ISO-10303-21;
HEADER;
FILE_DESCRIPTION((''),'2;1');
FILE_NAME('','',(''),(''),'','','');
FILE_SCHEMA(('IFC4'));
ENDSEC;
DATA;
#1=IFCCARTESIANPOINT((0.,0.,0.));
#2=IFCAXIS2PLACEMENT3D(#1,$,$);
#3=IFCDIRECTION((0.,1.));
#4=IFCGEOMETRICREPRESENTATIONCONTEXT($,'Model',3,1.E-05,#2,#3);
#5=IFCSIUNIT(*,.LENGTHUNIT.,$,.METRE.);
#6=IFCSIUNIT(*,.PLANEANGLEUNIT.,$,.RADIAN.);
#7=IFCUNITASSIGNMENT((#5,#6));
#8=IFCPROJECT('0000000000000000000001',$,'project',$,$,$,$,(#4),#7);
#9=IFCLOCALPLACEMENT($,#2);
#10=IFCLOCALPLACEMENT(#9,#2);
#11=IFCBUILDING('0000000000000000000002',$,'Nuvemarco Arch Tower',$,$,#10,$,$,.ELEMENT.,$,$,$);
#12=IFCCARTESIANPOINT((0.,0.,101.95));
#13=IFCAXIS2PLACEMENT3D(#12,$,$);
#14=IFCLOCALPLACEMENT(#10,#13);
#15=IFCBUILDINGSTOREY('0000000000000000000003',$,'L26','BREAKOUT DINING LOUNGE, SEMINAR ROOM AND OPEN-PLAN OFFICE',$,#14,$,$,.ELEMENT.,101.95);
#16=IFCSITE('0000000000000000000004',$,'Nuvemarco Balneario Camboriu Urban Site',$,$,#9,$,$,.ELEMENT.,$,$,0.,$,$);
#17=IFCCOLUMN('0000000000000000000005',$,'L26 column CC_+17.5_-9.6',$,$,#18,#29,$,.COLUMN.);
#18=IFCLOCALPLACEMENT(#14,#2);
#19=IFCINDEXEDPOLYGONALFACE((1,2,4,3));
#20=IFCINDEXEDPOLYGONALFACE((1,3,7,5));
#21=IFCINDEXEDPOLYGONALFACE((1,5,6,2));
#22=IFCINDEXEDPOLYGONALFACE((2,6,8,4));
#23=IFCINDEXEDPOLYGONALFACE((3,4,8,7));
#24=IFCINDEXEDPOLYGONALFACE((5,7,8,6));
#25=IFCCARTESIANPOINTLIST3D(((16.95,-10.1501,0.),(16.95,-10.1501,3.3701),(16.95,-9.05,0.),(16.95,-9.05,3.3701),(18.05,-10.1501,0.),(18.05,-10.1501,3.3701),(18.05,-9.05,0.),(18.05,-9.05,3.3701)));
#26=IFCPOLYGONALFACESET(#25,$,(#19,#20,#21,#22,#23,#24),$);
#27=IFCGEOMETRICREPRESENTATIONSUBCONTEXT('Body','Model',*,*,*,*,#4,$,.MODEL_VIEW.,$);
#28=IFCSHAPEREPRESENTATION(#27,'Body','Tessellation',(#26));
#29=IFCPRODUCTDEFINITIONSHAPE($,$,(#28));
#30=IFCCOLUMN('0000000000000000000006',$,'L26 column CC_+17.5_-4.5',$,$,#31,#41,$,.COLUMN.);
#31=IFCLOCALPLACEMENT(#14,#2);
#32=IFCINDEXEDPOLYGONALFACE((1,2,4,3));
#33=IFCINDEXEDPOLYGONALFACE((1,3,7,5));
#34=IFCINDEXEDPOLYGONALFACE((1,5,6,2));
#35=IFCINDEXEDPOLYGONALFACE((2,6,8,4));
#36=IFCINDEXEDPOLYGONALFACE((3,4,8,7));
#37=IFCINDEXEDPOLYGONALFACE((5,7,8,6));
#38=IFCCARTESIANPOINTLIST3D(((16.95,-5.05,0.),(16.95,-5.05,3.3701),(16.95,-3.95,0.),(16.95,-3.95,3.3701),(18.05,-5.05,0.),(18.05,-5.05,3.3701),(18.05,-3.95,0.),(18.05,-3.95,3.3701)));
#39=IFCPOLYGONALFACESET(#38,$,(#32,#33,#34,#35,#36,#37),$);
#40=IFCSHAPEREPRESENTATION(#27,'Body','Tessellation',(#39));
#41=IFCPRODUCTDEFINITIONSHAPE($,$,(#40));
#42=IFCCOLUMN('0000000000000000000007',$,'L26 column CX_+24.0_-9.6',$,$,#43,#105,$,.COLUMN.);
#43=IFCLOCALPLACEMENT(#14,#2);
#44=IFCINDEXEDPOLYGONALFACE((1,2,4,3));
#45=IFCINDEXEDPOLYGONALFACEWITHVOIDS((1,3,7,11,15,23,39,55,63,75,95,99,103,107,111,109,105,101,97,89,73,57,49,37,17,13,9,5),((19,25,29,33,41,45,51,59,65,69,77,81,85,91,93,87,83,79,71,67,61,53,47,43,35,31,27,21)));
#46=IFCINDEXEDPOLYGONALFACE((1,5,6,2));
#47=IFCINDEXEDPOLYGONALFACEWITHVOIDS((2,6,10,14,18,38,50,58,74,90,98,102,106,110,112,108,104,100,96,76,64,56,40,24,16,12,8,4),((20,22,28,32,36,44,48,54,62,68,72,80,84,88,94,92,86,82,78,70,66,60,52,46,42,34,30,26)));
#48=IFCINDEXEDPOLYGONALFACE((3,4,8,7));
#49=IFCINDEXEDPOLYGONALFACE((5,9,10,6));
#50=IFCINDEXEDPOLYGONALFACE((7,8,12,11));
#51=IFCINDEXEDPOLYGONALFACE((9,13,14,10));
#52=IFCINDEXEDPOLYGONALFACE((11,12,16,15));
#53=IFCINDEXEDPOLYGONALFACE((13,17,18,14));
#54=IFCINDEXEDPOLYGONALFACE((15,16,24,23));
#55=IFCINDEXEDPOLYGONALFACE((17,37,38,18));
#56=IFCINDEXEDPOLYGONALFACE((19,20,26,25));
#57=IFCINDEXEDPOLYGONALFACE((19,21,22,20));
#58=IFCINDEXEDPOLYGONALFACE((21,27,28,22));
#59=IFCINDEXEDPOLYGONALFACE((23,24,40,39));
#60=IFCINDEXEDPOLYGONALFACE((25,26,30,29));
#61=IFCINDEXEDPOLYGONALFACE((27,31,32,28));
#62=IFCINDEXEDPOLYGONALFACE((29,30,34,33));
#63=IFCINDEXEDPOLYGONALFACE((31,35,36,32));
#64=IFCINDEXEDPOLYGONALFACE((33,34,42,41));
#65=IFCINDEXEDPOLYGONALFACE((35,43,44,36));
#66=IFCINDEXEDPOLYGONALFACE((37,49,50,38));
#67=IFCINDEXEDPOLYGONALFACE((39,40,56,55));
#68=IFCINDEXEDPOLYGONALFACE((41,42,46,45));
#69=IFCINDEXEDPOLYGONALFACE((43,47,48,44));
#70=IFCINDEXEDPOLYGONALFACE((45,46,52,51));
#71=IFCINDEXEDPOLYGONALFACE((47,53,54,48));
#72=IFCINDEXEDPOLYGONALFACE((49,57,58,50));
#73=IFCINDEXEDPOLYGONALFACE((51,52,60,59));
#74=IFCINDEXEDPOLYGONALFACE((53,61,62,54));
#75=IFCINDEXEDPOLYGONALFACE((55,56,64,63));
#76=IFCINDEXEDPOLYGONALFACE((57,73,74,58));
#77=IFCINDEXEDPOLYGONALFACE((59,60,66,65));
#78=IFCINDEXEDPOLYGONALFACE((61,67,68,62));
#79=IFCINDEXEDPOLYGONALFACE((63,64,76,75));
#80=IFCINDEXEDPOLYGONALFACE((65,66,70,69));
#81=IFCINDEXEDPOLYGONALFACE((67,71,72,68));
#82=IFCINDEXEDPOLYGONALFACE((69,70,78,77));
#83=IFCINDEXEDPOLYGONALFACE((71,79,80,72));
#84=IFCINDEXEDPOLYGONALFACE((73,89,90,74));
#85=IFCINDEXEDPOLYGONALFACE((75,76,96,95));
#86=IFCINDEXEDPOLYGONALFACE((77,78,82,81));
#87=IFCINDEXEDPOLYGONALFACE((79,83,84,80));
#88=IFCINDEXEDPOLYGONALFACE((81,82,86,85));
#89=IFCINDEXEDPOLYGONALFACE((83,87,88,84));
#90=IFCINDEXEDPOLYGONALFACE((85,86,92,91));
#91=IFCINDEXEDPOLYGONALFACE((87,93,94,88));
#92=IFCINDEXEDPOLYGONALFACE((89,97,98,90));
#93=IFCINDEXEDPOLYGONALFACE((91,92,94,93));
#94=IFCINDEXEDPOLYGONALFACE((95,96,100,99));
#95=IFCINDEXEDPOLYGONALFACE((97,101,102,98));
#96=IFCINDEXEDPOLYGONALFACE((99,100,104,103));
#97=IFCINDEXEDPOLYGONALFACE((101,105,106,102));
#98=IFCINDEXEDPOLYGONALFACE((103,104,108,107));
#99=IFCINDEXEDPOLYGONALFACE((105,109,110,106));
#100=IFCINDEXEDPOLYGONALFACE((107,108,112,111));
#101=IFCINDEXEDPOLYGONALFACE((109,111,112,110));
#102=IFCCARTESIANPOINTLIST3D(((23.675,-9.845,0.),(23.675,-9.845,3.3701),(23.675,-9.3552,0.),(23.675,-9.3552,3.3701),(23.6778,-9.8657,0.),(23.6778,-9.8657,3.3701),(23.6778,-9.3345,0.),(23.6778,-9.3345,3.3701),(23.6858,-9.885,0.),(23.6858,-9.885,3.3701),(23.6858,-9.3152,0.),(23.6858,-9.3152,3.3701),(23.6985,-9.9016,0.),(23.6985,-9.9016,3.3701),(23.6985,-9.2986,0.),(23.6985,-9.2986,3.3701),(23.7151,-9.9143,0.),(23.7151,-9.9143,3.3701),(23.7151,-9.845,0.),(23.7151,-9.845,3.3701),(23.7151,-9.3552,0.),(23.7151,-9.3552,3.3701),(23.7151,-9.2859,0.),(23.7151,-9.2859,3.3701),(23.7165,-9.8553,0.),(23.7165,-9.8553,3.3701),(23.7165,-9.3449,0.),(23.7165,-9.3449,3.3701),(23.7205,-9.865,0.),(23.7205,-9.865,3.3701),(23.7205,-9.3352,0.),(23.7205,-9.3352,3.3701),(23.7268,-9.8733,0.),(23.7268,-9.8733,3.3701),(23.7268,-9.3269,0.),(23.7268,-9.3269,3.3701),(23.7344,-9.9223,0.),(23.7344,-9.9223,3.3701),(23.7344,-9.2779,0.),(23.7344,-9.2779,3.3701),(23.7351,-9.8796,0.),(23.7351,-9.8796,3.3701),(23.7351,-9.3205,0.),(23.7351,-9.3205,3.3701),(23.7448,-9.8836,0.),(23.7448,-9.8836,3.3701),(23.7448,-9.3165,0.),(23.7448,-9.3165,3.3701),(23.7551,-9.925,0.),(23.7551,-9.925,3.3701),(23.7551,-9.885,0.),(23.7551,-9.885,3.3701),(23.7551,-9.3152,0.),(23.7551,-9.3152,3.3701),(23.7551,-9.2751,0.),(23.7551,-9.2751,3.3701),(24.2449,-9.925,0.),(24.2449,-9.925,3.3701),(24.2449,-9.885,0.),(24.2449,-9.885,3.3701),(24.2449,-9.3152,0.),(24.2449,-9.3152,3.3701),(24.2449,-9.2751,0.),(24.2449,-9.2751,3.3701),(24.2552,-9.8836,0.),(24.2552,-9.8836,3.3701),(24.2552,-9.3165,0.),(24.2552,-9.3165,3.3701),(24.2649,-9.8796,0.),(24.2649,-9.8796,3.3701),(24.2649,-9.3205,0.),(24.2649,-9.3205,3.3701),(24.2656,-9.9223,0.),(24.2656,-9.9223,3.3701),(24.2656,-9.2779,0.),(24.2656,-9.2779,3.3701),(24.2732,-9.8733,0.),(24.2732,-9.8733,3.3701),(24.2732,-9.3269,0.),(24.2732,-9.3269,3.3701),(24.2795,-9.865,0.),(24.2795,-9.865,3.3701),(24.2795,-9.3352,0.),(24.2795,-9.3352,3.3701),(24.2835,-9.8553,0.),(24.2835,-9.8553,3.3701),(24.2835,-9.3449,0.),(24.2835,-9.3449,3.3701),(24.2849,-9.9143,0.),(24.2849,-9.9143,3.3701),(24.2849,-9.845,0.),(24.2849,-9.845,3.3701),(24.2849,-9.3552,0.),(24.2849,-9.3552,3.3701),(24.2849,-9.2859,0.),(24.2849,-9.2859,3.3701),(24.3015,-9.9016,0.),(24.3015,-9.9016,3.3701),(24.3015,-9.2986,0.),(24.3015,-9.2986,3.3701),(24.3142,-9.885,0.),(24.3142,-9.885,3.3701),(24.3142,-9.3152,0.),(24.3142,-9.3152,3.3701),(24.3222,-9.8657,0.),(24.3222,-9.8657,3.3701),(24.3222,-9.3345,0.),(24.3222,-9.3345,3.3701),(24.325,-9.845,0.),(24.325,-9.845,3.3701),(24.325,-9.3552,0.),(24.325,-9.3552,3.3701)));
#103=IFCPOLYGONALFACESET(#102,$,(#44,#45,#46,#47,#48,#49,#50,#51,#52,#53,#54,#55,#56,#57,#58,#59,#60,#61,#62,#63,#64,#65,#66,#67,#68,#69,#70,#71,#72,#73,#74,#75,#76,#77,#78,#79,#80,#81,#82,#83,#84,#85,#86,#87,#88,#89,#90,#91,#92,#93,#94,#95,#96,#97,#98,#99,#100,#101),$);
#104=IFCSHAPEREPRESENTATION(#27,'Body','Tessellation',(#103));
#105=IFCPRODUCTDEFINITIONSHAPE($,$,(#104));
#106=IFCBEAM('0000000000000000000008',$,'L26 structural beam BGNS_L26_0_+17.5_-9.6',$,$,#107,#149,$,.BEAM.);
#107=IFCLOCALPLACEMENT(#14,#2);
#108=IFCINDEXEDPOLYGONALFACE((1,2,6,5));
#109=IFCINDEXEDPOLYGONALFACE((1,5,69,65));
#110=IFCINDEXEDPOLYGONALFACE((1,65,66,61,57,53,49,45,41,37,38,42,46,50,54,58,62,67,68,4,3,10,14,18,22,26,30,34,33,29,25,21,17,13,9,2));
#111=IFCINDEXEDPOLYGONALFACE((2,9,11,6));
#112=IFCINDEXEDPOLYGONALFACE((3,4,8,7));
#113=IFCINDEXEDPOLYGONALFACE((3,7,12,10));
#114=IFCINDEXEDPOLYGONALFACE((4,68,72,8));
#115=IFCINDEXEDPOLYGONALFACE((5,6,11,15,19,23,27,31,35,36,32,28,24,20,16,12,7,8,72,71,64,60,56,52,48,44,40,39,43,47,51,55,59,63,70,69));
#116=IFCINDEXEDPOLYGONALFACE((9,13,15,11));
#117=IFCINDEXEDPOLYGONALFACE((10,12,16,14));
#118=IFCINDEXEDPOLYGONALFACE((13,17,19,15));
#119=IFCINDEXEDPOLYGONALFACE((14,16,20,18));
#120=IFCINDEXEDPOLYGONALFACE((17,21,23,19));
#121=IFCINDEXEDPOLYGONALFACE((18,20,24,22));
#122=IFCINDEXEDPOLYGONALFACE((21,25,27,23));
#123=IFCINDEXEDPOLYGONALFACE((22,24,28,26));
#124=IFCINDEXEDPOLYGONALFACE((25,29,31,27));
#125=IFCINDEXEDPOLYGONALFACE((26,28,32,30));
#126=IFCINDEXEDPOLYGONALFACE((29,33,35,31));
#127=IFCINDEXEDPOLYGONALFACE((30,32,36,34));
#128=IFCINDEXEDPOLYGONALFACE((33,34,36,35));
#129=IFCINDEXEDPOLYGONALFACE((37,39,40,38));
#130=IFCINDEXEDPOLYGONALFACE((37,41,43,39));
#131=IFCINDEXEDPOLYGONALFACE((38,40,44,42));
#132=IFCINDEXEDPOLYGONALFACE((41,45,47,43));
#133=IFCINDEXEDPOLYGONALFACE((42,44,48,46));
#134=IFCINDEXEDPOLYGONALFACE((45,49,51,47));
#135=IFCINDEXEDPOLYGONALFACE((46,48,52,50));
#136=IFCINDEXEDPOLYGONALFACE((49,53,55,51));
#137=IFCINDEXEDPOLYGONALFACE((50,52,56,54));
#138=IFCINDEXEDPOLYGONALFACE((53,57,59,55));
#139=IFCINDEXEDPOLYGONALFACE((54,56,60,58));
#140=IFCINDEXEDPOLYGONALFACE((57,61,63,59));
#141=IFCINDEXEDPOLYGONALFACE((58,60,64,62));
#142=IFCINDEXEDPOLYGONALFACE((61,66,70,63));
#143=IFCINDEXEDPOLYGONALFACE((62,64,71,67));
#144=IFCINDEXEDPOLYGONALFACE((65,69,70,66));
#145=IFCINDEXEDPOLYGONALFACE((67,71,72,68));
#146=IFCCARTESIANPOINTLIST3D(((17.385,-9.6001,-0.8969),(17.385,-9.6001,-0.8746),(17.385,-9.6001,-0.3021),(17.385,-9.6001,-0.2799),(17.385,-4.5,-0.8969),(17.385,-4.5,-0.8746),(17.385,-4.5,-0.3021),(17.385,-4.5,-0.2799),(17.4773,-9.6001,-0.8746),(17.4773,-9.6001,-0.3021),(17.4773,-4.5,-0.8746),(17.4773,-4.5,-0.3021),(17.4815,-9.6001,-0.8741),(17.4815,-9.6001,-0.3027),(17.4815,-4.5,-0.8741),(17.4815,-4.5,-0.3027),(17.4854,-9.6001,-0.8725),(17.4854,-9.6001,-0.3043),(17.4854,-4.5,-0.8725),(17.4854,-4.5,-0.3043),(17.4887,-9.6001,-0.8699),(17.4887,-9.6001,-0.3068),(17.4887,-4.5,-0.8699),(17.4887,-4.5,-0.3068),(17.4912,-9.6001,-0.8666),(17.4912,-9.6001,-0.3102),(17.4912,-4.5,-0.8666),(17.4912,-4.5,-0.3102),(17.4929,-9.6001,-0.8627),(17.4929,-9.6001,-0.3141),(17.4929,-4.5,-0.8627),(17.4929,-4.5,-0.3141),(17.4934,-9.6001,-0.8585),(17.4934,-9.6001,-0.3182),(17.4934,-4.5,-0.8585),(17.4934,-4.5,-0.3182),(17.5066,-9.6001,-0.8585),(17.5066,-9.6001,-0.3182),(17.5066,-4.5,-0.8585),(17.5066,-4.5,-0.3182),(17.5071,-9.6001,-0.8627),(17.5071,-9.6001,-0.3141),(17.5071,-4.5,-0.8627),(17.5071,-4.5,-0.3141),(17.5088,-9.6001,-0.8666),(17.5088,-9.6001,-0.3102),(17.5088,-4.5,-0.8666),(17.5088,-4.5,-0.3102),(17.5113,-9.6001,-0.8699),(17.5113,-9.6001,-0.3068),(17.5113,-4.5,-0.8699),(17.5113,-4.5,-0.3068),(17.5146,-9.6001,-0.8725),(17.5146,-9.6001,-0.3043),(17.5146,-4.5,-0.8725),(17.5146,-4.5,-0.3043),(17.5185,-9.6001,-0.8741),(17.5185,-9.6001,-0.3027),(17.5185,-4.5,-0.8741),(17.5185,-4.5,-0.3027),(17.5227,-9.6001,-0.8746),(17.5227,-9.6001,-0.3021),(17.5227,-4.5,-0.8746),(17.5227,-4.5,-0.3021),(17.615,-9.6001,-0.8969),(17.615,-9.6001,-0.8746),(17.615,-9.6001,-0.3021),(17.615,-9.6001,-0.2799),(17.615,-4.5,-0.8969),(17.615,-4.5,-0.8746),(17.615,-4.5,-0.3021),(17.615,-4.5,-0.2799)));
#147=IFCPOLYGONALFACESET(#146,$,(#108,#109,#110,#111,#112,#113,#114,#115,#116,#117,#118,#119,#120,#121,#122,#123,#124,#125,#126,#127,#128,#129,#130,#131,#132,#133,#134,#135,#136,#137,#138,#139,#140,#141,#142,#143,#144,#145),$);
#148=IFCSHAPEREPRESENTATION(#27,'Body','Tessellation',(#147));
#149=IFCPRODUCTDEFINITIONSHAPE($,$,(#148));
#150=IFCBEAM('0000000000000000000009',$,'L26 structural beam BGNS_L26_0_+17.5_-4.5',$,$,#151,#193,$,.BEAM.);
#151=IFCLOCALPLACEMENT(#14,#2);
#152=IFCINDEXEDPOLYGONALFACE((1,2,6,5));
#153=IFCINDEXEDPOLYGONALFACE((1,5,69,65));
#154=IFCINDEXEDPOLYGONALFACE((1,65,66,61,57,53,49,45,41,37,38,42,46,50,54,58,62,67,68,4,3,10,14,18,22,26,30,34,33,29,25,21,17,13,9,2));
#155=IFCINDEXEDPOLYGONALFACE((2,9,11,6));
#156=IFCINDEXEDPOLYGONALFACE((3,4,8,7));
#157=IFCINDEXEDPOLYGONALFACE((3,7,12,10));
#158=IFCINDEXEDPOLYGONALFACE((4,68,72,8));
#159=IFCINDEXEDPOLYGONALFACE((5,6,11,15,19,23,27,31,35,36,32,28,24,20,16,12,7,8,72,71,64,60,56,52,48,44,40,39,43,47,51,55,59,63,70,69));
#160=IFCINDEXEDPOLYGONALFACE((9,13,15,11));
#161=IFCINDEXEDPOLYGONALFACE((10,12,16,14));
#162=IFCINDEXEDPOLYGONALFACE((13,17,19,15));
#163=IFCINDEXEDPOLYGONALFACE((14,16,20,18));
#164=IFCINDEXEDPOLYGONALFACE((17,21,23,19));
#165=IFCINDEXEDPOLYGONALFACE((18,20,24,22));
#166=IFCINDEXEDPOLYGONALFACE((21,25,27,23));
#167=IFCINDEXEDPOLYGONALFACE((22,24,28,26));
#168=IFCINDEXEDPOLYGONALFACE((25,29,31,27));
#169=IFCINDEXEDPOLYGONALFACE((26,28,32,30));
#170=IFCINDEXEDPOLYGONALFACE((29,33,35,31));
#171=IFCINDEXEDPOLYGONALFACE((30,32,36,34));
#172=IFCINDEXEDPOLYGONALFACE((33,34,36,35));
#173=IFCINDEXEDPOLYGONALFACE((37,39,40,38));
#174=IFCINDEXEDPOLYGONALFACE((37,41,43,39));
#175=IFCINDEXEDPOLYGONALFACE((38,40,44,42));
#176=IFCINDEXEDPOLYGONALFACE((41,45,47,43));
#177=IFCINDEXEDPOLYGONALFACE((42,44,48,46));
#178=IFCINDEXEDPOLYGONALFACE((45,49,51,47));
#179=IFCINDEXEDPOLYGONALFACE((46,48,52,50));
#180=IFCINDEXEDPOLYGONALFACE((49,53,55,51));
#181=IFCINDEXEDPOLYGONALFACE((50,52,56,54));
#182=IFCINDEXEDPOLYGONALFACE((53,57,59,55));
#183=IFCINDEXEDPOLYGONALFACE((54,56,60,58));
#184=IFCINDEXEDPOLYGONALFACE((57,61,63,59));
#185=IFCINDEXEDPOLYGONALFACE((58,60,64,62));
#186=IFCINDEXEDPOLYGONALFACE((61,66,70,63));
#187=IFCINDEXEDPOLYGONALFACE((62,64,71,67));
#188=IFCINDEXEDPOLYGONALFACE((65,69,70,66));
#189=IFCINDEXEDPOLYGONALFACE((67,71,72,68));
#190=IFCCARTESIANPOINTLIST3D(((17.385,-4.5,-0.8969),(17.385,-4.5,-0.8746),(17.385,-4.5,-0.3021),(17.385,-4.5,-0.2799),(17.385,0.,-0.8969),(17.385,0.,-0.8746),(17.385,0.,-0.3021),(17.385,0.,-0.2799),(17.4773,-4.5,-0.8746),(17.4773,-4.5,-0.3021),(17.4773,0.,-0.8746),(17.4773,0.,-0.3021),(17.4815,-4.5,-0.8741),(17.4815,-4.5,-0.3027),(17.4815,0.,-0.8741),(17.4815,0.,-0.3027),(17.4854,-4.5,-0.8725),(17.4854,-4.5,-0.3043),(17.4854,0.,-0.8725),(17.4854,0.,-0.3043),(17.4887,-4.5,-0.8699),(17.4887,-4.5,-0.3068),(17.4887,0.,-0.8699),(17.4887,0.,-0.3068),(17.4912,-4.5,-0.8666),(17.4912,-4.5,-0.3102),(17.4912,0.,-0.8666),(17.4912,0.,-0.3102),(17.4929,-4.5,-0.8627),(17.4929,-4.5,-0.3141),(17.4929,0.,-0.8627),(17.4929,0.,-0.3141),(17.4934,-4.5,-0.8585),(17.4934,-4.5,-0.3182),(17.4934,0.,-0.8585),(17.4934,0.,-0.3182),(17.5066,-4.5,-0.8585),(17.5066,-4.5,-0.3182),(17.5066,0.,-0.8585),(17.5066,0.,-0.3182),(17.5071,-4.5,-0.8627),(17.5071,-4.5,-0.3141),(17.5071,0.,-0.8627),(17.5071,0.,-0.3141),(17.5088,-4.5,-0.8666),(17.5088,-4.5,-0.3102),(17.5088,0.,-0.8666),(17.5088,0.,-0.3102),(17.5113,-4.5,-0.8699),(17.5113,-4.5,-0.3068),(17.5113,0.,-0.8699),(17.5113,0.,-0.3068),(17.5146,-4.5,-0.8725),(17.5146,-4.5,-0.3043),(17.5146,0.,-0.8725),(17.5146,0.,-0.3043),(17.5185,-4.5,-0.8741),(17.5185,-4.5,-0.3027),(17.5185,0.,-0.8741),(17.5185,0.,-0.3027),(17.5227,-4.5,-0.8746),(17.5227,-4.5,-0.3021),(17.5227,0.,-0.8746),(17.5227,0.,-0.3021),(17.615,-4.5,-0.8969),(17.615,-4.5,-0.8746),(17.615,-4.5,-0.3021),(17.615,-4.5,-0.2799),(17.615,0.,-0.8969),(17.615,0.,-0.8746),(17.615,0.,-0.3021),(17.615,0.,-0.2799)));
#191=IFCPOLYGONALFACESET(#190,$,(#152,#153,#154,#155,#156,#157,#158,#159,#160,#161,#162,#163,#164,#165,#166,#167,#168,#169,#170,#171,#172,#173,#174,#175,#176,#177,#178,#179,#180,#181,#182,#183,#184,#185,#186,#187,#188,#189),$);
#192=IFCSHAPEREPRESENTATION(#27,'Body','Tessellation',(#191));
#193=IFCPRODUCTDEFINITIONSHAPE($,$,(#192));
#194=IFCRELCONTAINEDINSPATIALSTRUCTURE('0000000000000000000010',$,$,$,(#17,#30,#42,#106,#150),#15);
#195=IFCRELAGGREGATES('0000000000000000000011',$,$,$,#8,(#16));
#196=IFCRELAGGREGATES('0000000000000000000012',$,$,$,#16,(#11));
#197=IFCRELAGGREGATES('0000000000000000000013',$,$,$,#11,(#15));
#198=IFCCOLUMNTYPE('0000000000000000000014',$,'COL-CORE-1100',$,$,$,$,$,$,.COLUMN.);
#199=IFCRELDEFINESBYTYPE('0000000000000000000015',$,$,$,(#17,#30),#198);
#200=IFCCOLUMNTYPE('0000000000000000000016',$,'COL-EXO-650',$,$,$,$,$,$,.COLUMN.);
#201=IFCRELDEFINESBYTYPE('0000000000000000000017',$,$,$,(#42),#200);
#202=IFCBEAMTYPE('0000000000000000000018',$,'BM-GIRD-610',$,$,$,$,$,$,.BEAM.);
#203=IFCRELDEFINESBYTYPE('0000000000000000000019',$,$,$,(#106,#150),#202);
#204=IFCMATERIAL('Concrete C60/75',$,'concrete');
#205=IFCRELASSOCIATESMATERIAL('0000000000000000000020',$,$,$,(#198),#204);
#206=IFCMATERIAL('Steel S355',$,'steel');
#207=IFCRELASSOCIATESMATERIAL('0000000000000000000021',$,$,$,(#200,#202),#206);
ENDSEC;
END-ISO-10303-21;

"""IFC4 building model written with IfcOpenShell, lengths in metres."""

from ifc_helpers import new_model, si_unit, direction, frame, origin, origin_2d, place, context, subcontext, project, spatial, rectangle, hollow_rectangle, i_section, extrude, material, material_profile, profile_set, type_object, element, save


model = new_model("IFC4")

# Units and contexts
model_context = context("Model", 3, precision=1e-05, world=origin(), true_north=direction((0.0, 1.0)))
body_context = subcontext(model_context, "Body", "Model", "MODEL_VIEW")
ifc_project = project(units=[si_unit("LENGTHUNIT", "METRE"), si_unit("PLANEANGLEUNIT", "RADIAN")], contexts=[model_context])

# Site, building, storey
site_placement = place(None, origin())
site = spatial("IfcSite", under=ifc_project, at=site_placement, Name="Nuvemarco Balneario Camboriu Urban Site", CompositionType="ELEMENT", RefElevation=0.0)
building_placement = place(site_placement, origin())
building = spatial("IfcBuilding", under=site, at=building_placement, Name="Nuvemarco Arch Tower", CompositionType="ELEMENT")
storey_placement = place(building_placement, frame((0.0, 0.0, 101.95)))
storey = spatial("IfcBuildingStorey", under=building, at=storey_placement, Name="L26", Description="BREAKOUT DINING LOUNGE, SEMINAR ROOM AND OPEN-PLAN OFFICE", CompositionType="ELEMENT", Elevation=101.95)

# Columns
ifc_material_1 = material(Name="Concrete C60/75", Category="concrete")
ifc_material_profile_1 = material_profile(ifc_material_1, rectangle(XDim=1.1001, YDim=1.1001, at=origin_2d()), Name="RC-COL-1100x1100")
ifc_profile_set_1 = profile_set([ifc_material_profile_1], Name="Concrete C60/75")
column_type_1 = type_object("IfcColumnType", Name="COL-CORE-1100", PredefinedType="COLUMN", material=ifc_profile_set_1)
for number, where, z_axis, x_axis, name in (
    (1, (17.5, -9.6001, 0.0), (0.0, 0.0, 1.0), (1.0, 0.0, 0.0), "L26 column CC_+17.5_-9.6"),
    (2, (17.5, -4.5, 0.0), (0.0, 0.0, 1.0), (1.0, 0.0, 0.0), "L26 column CC_+17.5_-4.5"),
):
    element("IfcColumn", number, at=place(storey_placement, frame(where, z_axis=z_axis, x_axis=x_axis)), inside=storey, type_object=column_type_1, Name=name, PredefinedType="COLUMN", context=body_context, shape_type="SweptSolid", body=[
        extrude(rectangle(XDim=1.1001, YDim=1.1001, at=origin_2d()), origin(), (0.0, 0.0, 1.0), 3.3701),
    ])
ifc_material_2 = material(Name="Steel S355", Category="steel")
ifc_material_profile_2 = material_profile(ifc_material_2, hollow_rectangle(XDim=0.6499, YDim=0.6499, WallThickness=0.04, InnerFilletRadius=0.04, OuterFilletRadius=0.0801, at=origin_2d()), Name="SHS650x650x40")
ifc_profile_set_2 = profile_set([ifc_material_profile_2], Name="Steel S355")
column_type_2 = type_object("IfcColumnType", Name="COL-EXO-650", PredefinedType="COLUMN", material=ifc_profile_set_2)
column_placement = place(storey_placement, frame((24.0, -9.6001, 0.0), z_axis=(0.0, 0.0, 1.0), x_axis=(1.0, 0.0, 0.0)))
element("IfcColumn", 3, at=column_placement, inside=storey, type_object=column_type_2, Name="L26 column CX_+24.0_-9.6", PredefinedType="COLUMN", context=body_context, shape_type="SweptSolid", body=[
    extrude(hollow_rectangle(XDim=0.6499, YDim=0.6499, WallThickness=0.04, InnerFilletRadius=0.04, OuterFilletRadius=0.0801, at=origin_2d()), origin(), (0.0, 0.0, 1.0), 3.3701),
])

# Beams
ifc_material_profile_3 = material_profile(ifc_material_2, i_section(OverallWidth=0.23, OverallDepth=0.6169, WebThickness=0.0132, FlangeThickness=0.0222, FilletRadius=0.0161, at=origin_2d()), Name="W610x140")
ifc_profile_set_3 = profile_set([ifc_material_profile_3], Name="Steel S355")
beam_type_1 = type_object("IfcBeamType", Name="BM-GIRD-610", PredefinedType="BEAM", material=ifc_profile_set_3)
beam_1_placement = place(storey_placement, frame((17.5, -9.6001, -0.5884), z_axis=(0.0, 1.0, 0.0), x_axis=(-1.0, 0.0, 0.0)))
element("IfcBeam", 4, at=beam_1_placement, inside=storey, type_object=beam_type_1, Name="L26 structural beam BGNS_L26_0_+17.5_-9.6", PredefinedType="BEAM", context=body_context, shape_type="SweptSolid", body=[
    extrude(i_section(OverallWidth=0.23, OverallDepth=0.6169, WebThickness=0.0132, FlangeThickness=0.0222, FilletRadius=0.0161, at=origin_2d()), origin(), (0.0, 0.0, 1.0), 5.1001),
])
beam_2_placement = place(storey_placement, frame((17.5, -4.5, -0.5884), z_axis=(0.0, 1.0, 0.0), x_axis=(-1.0, 0.0, 0.0)))
element("IfcBeam", 5, at=beam_2_placement, inside=storey, type_object=beam_type_1, Name="L26 structural beam BGNS_L26_0_+17.5_-4.5", PredefinedType="BEAM", context=body_context, shape_type="SweptSolid", body=[
    extrude(i_section(OverallWidth=0.23, OverallDepth=0.6169, WebThickness=0.0132, FlangeThickness=0.0222, FilletRadius=0.0161, at=origin_2d()), origin(), (0.0, 0.0, 1.0), 4.5),
])

save(model, "model.ifc")
